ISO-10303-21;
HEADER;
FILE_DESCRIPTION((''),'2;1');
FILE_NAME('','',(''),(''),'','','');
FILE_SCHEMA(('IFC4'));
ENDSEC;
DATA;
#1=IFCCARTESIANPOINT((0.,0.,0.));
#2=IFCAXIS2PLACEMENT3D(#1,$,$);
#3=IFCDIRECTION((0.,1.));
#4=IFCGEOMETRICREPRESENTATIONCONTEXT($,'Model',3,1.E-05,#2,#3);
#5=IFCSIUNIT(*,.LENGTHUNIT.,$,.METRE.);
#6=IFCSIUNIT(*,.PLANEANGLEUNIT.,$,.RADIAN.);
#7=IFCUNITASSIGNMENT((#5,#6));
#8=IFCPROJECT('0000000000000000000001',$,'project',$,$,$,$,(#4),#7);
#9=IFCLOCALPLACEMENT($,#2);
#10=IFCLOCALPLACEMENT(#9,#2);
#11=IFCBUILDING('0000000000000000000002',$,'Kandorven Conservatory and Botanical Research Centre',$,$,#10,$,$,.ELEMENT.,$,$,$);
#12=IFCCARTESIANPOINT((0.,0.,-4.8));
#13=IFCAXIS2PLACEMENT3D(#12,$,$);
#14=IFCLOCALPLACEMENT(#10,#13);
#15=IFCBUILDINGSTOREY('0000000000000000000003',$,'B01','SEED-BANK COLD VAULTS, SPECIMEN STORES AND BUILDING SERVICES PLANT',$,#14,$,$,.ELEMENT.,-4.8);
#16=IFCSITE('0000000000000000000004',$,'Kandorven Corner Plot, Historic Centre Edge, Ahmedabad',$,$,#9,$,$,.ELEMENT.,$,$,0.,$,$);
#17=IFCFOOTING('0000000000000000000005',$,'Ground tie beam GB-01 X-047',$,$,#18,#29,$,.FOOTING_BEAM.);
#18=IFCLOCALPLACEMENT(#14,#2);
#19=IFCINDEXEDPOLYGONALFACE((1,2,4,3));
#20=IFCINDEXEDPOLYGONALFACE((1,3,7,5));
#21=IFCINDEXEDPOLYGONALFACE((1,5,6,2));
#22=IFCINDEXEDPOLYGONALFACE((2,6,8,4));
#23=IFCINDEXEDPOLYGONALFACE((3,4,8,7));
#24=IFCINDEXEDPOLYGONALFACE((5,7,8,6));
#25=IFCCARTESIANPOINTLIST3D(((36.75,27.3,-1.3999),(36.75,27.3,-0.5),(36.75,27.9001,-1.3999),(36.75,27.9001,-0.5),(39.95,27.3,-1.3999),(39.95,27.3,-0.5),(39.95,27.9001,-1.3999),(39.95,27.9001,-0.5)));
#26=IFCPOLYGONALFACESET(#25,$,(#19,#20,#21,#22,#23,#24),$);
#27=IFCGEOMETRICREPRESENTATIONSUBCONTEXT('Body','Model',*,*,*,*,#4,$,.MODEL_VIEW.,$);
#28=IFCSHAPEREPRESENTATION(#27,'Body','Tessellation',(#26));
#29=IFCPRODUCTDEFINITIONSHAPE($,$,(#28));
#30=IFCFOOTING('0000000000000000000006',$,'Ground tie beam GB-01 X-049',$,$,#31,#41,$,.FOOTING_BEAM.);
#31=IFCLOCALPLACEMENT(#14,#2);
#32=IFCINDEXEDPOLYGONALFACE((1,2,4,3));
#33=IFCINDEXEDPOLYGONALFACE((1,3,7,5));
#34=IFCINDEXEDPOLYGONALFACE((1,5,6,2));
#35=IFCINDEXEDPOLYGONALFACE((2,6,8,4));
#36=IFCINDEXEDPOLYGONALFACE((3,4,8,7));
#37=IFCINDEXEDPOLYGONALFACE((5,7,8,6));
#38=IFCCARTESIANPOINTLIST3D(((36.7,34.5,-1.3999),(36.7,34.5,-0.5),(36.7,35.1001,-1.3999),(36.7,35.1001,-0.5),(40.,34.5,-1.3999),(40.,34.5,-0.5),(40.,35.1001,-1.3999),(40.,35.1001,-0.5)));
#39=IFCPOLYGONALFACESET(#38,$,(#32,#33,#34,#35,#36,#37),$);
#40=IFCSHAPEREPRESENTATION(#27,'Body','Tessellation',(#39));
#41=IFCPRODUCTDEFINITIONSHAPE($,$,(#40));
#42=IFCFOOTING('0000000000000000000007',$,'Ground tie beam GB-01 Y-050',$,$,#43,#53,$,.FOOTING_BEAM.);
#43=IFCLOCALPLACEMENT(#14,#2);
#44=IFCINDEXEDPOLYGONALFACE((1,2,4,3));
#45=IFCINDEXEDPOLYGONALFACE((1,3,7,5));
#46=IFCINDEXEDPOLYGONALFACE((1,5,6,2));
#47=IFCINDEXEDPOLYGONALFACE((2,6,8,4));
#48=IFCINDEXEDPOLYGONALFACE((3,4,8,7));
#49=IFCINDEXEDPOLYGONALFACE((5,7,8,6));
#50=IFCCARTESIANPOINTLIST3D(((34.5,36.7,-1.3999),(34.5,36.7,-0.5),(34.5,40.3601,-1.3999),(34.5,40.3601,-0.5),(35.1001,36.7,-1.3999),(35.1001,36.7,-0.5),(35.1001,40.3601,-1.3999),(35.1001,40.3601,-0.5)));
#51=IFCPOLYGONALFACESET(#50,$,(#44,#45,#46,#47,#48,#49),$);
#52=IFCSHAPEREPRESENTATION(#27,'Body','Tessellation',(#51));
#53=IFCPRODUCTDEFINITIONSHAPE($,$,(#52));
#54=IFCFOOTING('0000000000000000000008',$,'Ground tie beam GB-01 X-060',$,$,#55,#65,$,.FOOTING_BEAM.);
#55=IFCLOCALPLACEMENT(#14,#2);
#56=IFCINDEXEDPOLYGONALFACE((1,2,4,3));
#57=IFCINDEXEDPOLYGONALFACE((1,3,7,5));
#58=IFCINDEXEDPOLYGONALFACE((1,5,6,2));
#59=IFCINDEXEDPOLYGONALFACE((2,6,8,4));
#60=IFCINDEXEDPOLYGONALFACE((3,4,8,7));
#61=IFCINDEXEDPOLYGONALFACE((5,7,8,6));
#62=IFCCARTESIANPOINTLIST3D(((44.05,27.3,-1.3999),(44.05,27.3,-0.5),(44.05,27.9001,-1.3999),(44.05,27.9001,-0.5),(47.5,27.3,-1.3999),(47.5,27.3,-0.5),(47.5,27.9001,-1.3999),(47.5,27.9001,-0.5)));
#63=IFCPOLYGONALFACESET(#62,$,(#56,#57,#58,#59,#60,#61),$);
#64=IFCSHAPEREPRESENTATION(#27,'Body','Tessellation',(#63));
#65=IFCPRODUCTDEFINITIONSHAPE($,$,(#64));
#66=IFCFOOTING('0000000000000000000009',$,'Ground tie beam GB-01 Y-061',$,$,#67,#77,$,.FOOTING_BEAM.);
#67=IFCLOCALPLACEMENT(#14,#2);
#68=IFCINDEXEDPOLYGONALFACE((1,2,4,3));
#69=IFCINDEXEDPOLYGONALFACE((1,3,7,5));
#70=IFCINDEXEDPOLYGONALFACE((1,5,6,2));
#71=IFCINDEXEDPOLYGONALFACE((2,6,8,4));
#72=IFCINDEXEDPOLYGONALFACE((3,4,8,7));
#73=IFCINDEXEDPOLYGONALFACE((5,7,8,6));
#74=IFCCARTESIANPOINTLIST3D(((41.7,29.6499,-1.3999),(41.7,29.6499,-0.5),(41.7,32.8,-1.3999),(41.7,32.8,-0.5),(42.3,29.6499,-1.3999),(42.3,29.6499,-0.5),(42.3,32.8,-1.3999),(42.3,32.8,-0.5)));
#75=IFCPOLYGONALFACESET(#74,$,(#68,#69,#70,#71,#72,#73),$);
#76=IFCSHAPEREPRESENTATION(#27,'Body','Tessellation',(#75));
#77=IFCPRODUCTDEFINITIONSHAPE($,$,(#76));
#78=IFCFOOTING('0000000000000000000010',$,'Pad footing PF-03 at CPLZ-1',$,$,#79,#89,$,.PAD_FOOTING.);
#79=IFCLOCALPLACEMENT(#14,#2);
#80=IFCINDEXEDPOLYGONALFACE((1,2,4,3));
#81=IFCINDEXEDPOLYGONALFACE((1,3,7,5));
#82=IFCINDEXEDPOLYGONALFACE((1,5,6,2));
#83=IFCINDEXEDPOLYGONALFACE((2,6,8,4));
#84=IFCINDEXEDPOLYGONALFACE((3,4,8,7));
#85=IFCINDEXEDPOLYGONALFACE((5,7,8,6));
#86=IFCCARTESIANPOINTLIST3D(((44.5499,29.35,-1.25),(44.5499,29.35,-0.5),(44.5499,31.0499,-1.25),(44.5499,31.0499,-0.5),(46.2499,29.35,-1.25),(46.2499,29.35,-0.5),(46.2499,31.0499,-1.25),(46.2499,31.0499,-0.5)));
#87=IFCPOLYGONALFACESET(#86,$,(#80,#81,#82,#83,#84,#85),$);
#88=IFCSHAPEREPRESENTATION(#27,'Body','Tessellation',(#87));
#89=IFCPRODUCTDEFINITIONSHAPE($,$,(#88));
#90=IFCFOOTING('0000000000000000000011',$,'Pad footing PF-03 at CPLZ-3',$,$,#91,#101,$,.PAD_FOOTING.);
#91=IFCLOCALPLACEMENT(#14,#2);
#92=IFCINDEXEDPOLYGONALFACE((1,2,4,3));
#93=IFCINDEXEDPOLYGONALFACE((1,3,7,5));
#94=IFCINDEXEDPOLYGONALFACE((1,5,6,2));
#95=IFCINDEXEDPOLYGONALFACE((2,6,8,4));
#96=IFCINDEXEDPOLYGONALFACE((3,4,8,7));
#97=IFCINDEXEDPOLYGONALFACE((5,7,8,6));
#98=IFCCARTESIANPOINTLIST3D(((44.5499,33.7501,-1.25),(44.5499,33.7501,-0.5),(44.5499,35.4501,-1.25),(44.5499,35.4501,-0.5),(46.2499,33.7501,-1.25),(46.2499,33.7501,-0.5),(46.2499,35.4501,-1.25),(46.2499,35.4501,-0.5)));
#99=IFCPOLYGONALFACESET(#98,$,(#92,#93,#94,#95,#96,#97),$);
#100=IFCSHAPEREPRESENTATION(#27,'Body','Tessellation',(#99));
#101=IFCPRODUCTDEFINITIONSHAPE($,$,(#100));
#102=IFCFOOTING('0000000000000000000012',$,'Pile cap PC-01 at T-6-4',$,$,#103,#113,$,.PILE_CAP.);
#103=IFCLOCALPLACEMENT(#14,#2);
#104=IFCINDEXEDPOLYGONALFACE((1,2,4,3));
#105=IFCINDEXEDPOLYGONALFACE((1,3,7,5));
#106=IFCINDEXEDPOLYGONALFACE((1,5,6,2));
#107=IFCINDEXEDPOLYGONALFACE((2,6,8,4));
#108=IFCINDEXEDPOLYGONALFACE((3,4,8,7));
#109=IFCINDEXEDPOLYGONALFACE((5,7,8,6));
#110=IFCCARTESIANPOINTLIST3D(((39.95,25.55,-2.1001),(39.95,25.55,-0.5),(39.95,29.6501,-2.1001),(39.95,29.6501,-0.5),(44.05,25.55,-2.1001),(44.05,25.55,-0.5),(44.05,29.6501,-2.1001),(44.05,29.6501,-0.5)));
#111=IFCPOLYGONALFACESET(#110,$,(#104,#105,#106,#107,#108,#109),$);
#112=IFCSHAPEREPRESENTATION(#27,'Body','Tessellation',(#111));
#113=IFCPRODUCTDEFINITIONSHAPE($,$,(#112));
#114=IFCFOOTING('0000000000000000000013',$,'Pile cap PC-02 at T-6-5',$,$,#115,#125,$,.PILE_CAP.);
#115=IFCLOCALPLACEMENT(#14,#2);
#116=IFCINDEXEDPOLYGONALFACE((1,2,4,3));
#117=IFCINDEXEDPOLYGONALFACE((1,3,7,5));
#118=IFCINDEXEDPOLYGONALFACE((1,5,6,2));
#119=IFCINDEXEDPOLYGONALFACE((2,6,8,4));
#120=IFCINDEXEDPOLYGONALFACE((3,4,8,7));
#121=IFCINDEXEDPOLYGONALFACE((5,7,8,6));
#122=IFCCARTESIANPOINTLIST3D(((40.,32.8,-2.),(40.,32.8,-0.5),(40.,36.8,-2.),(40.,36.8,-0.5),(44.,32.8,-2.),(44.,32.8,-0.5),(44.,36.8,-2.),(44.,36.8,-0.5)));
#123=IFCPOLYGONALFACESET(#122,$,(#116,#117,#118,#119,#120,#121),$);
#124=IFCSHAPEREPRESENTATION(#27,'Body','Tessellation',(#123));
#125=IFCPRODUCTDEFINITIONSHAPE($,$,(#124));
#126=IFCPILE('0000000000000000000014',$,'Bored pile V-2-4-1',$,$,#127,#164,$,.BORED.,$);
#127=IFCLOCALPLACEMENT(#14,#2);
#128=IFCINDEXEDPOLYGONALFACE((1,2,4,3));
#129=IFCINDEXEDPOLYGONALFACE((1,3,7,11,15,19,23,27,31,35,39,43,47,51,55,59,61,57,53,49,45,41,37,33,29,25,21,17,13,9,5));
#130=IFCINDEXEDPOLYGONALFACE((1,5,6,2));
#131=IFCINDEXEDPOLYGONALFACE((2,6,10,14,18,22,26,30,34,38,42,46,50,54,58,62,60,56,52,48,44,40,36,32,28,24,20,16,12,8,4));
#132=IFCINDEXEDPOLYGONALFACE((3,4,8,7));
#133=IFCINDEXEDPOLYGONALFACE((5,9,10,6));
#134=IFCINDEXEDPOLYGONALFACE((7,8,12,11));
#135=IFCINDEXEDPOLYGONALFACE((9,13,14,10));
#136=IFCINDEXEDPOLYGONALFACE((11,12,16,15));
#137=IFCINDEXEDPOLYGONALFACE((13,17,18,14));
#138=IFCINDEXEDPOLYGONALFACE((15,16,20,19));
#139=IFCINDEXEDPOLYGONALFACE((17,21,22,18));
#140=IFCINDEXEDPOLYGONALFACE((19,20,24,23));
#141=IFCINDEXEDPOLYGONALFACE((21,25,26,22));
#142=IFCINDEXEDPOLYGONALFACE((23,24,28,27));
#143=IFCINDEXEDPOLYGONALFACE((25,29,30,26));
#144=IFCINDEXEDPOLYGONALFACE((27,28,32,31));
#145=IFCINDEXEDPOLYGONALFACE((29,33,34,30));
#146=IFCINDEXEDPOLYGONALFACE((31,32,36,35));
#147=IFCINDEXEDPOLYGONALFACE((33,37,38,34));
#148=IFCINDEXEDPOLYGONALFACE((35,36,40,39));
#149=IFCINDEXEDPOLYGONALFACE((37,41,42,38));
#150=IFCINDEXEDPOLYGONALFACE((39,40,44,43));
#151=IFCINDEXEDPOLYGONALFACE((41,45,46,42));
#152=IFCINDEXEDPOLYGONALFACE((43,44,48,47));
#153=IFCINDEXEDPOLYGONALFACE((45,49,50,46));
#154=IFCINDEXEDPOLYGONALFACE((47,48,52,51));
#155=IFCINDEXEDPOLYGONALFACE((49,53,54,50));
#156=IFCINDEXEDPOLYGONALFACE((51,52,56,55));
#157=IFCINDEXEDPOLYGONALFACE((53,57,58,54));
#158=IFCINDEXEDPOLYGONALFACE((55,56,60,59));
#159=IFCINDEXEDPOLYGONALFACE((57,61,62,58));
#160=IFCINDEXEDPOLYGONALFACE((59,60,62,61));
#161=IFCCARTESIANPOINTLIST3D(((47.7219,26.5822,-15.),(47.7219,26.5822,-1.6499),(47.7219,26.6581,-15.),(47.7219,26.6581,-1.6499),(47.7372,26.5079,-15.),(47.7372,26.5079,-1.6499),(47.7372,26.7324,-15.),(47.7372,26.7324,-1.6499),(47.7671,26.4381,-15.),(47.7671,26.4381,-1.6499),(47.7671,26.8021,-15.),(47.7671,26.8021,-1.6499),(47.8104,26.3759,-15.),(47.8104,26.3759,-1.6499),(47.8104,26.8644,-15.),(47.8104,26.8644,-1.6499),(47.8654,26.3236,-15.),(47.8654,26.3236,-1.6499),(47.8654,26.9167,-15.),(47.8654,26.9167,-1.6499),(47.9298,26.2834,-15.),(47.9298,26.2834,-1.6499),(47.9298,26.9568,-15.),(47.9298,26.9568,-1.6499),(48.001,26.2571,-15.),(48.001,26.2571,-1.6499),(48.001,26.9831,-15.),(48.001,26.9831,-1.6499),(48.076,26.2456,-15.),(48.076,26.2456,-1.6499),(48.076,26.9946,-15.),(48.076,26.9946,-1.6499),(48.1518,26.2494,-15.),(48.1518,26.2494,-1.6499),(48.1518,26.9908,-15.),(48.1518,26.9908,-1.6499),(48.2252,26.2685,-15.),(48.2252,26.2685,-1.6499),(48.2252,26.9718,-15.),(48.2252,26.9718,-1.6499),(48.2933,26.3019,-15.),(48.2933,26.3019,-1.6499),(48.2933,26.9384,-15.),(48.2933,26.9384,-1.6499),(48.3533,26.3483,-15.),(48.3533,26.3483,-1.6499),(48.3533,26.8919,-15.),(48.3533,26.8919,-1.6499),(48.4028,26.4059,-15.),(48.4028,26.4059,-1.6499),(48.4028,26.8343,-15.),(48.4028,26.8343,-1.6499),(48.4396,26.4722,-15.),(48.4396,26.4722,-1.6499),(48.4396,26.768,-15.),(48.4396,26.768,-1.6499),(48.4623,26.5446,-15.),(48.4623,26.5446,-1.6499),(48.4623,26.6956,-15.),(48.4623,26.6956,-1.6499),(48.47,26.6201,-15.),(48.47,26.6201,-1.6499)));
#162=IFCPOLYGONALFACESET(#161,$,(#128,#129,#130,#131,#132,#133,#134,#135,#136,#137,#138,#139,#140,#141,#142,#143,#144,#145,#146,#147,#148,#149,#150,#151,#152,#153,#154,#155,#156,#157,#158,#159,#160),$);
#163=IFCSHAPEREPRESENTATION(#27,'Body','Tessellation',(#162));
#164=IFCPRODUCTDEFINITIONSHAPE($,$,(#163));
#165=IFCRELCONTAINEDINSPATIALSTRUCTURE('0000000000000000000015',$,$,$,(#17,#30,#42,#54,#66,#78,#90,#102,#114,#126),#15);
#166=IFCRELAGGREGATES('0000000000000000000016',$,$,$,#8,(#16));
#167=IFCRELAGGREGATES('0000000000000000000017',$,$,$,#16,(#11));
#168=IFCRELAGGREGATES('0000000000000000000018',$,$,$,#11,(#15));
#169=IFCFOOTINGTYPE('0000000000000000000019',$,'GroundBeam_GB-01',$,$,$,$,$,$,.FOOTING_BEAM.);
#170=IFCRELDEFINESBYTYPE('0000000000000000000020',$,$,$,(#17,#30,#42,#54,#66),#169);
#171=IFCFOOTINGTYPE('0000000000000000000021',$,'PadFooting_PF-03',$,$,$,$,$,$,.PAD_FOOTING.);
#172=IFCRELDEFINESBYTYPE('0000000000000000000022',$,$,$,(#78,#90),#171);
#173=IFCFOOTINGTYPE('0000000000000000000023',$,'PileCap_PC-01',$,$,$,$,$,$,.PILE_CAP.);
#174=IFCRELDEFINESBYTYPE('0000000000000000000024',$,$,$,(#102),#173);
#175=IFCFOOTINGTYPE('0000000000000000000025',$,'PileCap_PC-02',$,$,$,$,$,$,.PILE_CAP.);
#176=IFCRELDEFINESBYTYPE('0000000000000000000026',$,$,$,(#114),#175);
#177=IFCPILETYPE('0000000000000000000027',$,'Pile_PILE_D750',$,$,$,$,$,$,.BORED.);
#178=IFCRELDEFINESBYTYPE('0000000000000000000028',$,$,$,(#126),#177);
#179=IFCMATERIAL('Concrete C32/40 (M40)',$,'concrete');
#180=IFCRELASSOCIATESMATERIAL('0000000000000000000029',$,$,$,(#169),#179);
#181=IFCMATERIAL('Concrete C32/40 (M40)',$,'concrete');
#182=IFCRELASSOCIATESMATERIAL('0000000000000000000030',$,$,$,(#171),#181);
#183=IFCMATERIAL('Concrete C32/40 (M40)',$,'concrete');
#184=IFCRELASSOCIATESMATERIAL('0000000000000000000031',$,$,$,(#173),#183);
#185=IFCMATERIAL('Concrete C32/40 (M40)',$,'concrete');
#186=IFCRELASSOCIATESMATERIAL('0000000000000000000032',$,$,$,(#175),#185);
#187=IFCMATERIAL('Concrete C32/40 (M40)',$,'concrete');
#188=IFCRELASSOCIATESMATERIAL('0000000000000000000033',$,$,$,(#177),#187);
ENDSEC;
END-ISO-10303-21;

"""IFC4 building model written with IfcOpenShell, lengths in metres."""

from ifc_helpers import new_model, si_unit, direction, frame, origin, origin_2d, place, context, subcontext, project, spatial, rectangle, circle, extrude, material, material_profile, profile_set, type_object, element, save


model = new_model("IFC4")

# Units and contexts
model_context = context("Model", 3, precision=1e-05, world=origin(), true_north=direction((0.0, 1.0)))
body_context = subcontext(model_context, "Body", "Model", "MODEL_VIEW")
ifc_project = project(units=[si_unit("LENGTHUNIT", "METRE"), si_unit("PLANEANGLEUNIT", "RADIAN")], contexts=[model_context])

# Site, building, storey
site_placement = place(None, origin())
site = spatial("IfcSite", under=ifc_project, at=site_placement, Name="Kandorven Corner Plot, Historic Centre Edge, Ahmedabad", CompositionType="ELEMENT", RefElevation=0.0)
building_placement = place(site_placement, origin())
building = spatial("IfcBuilding", under=site, at=building_placement, Name="Kandorven Conservatory and Botanical Research Centre", CompositionType="ELEMENT")
storey_placement = place(building_placement, frame((0.0, 0.0, -4.8)))
storey = spatial("IfcBuildingStorey", under=building, at=storey_placement, Name="B01", Description="SEED-BANK COLD VAULTS, SPECIMEN STORES AND BUILDING SERVICES PLANT", CompositionType="ELEMENT", Elevation=-4.8)

# Footings
ifc_material_1 = material(Name="Concrete C32/40 (M40)", Category="concrete")
ifc_material_profile_1 = material_profile(ifc_material_1, rectangle(XDim=0.6001, YDim=0.8999, at=origin_2d()))
ifc_profile_set_1 = profile_set([ifc_material_profile_1], Name="Concrete C32/40 (M40)")
footing_type_1 = type_object("IfcFootingType", Name="GroundBeam_GB-01", PredefinedType="FOOTING_BEAM", material=ifc_profile_set_1)
footing_1_placement = place(storey_placement, frame((36.75, 27.6001, -0.95), z_axis=(1.0, 0.0, 0.0), x_axis=(0.0, 1.0, 0.0)))
element("IfcFooting", 1, at=footing_1_placement, inside=storey, type_object=footing_type_1, Name="Ground tie beam GB-01 X-047", PredefinedType="FOOTING_BEAM", context=body_context, shape_type="SweptSolid", body=[
    extrude(rectangle(XDim=0.6001, YDim=0.8999, at=origin_2d()), origin(), (0.0, 0.0, 1.0), 3.2),
])
footing_2_placement = place(storey_placement, frame((36.7, 34.8, -0.95), z_axis=(1.0, 0.0, 0.0), x_axis=(0.0, 1.0, 0.0)))
element("IfcFooting", 2, at=footing_2_placement, inside=storey, type_object=footing_type_1, Name="Ground tie beam GB-01 X-049", PredefinedType="FOOTING_BEAM", context=body_context, shape_type="SweptSolid", body=[
    extrude(rectangle(XDim=0.6001, YDim=0.8999, at=origin_2d()), origin(), (0.0, 0.0, 1.0), 3.3),
])
footing_3_placement = place(storey_placement, frame((34.8, 36.7, -0.95), z_axis=(0.0, 1.0, 0.0), x_axis=(-1.0, 0.0, 0.0)))
element("IfcFooting", 3, at=footing_3_placement, inside=storey, type_object=footing_type_1, Name="Ground tie beam GB-01 Y-050", PredefinedType="FOOTING_BEAM", context=body_context, shape_type="SweptSolid", body=[
    extrude(rectangle(XDim=0.6001, YDim=0.8999, at=origin_2d()), origin(), (0.0, 0.0, 1.0), 3.6602),
])
footing_4_placement = place(storey_placement, frame((44.05, 27.6001, -0.95), z_axis=(1.0, 0.0, 0.0), x_axis=(0.0, 1.0, 0.0)))
element("IfcFooting", 4, at=footing_4_placement, inside=storey, type_object=footing_type_1, Name="Ground tie beam GB-01 X-060", PredefinedType="FOOTING_BEAM", context=body_context, shape_type="SweptSolid", body=[
    extrude(rectangle(XDim=0.6001, YDim=0.8999, at=origin_2d()), origin(), (0.0, 0.0, 1.0), 3.45),
])
footing_5_placement = place(storey_placement, frame((42.0, 29.6499, -0.95), z_axis=(0.0, 1.0, 0.0), x_axis=(-1.0, 0.0, 0.0)))
element("IfcFooting", 5, at=footing_5_placement, inside=storey, type_object=footing_type_1, Name="Ground tie beam GB-01 Y-061", PredefinedType="FOOTING_BEAM", context=body_context, shape_type="SweptSolid", body=[
    extrude(rectangle(XDim=0.6001, YDim=0.8999, at=origin_2d()), origin(), (0.0, 0.0, 1.0), 3.1501),
])
ifc_material_2 = material(Name="Concrete C32/40 (M40)", Category="concrete")
footing_type_2 = type_object("IfcFootingType", Name="PadFooting_PF-03", PredefinedType="PAD_FOOTING", material=ifc_material_2)
for number, where, z_axis, x_axis, name in (
    (6, (45.3999, 30.2, -1.25), (0.0, 0.0, 1.0), (1.0, 0.0, 0.0), "Pad footing PF-03 at CPLZ-1"),
    (7, (45.3999, 34.6001, -1.25), (0.0, 0.0, 1.0), (1.0, 0.0, 0.0), "Pad footing PF-03 at CPLZ-3"),
):
    element("IfcFooting", number, at=place(storey_placement, frame(where, z_axis=z_axis, x_axis=x_axis)), inside=storey, type_object=footing_type_2, Name=name, PredefinedType="PAD_FOOTING", context=body_context, shape_type="SweptSolid", body=[
        extrude(rectangle(XDim=1.7, YDim=1.7, at=origin_2d()), origin(), (0.0, 0.0, 1.0), 0.75),
    ])
ifc_material_3 = material(Name="Concrete C32/40 (M40)", Category="concrete")
footing_type_3 = type_object("IfcFootingType", Name="PileCap_PC-01", PredefinedType="PILE_CAP", material=ifc_material_3)
footing_6_placement = place(storey_placement, frame((42.0, 27.6001, -2.1001), z_axis=(0.0, 0.0, 1.0), x_axis=(1.0, 0.0, 0.0)))
element("IfcFooting", 8, at=footing_6_placement, inside=storey, type_object=footing_type_3, Name="Pile cap PC-01 at T-6-4", PredefinedType="PILE_CAP", context=body_context, shape_type="SweptSolid", body=[
    extrude(rectangle(XDim=4.1001, YDim=4.1001, at=origin_2d()), origin(), (0.0, 0.0, 1.0), 1.6001),
])
ifc_material_4 = material(Name="Concrete C32/40 (M40)", Category="concrete")
footing_type_4 = type_object("IfcFootingType", Name="PileCap_PC-02", PredefinedType="PILE_CAP", material=ifc_material_4)
footing_7_placement = place(storey_placement, frame((42.0, 34.8, -2.0), z_axis=(0.0, 0.0, 1.0), x_axis=(1.0, 0.0, 0.0)))
element("IfcFooting", 9, at=footing_7_placement, inside=storey, type_object=footing_type_4, Name="Pile cap PC-02 at T-6-5", PredefinedType="PILE_CAP", context=body_context, shape_type="SweptSolid", body=[
    extrude(rectangle(XDim=4.0, YDim=4.0, at=origin_2d()), origin(), (0.0, 0.0, 1.0), 1.5),
])

# Pile
ifc_material_5 = material(Name="Concrete C32/40 (M40)", Category="concrete")
ifc_material_profile_2 = material_profile(ifc_material_5, circle(Radius=0.375, at=origin_2d()))
ifc_profile_set_2 = profile_set([ifc_material_profile_2], Name="Concrete C32/40 (M40)")
pile_type_1 = type_object("IfcPileType", Name="Pile_PILE_D750", PredefinedType="BORED", material=ifc_profile_set_2)
for number, where, z_axis, x_axis, name in (
    (10, (48.095, 26.6201, -1.6499), (0.0, 0.0, -1.0), (1.0, 0.0, 0.0), "Bored pile V-2-4-1"),
):
    element("IfcPile", number, at=place(storey_placement, frame(where, z_axis=z_axis, x_axis=x_axis)), inside=storey, type_object=pile_type_1, Name=name, PredefinedType="BORED", context=body_context, shape_type="SweptSolid", body=[
        extrude(circle(Radius=0.375, at=origin_2d()), origin(), (0.0, 0.0, 1.0), 13.3501),
    ])

save(model, "model.ifc")
